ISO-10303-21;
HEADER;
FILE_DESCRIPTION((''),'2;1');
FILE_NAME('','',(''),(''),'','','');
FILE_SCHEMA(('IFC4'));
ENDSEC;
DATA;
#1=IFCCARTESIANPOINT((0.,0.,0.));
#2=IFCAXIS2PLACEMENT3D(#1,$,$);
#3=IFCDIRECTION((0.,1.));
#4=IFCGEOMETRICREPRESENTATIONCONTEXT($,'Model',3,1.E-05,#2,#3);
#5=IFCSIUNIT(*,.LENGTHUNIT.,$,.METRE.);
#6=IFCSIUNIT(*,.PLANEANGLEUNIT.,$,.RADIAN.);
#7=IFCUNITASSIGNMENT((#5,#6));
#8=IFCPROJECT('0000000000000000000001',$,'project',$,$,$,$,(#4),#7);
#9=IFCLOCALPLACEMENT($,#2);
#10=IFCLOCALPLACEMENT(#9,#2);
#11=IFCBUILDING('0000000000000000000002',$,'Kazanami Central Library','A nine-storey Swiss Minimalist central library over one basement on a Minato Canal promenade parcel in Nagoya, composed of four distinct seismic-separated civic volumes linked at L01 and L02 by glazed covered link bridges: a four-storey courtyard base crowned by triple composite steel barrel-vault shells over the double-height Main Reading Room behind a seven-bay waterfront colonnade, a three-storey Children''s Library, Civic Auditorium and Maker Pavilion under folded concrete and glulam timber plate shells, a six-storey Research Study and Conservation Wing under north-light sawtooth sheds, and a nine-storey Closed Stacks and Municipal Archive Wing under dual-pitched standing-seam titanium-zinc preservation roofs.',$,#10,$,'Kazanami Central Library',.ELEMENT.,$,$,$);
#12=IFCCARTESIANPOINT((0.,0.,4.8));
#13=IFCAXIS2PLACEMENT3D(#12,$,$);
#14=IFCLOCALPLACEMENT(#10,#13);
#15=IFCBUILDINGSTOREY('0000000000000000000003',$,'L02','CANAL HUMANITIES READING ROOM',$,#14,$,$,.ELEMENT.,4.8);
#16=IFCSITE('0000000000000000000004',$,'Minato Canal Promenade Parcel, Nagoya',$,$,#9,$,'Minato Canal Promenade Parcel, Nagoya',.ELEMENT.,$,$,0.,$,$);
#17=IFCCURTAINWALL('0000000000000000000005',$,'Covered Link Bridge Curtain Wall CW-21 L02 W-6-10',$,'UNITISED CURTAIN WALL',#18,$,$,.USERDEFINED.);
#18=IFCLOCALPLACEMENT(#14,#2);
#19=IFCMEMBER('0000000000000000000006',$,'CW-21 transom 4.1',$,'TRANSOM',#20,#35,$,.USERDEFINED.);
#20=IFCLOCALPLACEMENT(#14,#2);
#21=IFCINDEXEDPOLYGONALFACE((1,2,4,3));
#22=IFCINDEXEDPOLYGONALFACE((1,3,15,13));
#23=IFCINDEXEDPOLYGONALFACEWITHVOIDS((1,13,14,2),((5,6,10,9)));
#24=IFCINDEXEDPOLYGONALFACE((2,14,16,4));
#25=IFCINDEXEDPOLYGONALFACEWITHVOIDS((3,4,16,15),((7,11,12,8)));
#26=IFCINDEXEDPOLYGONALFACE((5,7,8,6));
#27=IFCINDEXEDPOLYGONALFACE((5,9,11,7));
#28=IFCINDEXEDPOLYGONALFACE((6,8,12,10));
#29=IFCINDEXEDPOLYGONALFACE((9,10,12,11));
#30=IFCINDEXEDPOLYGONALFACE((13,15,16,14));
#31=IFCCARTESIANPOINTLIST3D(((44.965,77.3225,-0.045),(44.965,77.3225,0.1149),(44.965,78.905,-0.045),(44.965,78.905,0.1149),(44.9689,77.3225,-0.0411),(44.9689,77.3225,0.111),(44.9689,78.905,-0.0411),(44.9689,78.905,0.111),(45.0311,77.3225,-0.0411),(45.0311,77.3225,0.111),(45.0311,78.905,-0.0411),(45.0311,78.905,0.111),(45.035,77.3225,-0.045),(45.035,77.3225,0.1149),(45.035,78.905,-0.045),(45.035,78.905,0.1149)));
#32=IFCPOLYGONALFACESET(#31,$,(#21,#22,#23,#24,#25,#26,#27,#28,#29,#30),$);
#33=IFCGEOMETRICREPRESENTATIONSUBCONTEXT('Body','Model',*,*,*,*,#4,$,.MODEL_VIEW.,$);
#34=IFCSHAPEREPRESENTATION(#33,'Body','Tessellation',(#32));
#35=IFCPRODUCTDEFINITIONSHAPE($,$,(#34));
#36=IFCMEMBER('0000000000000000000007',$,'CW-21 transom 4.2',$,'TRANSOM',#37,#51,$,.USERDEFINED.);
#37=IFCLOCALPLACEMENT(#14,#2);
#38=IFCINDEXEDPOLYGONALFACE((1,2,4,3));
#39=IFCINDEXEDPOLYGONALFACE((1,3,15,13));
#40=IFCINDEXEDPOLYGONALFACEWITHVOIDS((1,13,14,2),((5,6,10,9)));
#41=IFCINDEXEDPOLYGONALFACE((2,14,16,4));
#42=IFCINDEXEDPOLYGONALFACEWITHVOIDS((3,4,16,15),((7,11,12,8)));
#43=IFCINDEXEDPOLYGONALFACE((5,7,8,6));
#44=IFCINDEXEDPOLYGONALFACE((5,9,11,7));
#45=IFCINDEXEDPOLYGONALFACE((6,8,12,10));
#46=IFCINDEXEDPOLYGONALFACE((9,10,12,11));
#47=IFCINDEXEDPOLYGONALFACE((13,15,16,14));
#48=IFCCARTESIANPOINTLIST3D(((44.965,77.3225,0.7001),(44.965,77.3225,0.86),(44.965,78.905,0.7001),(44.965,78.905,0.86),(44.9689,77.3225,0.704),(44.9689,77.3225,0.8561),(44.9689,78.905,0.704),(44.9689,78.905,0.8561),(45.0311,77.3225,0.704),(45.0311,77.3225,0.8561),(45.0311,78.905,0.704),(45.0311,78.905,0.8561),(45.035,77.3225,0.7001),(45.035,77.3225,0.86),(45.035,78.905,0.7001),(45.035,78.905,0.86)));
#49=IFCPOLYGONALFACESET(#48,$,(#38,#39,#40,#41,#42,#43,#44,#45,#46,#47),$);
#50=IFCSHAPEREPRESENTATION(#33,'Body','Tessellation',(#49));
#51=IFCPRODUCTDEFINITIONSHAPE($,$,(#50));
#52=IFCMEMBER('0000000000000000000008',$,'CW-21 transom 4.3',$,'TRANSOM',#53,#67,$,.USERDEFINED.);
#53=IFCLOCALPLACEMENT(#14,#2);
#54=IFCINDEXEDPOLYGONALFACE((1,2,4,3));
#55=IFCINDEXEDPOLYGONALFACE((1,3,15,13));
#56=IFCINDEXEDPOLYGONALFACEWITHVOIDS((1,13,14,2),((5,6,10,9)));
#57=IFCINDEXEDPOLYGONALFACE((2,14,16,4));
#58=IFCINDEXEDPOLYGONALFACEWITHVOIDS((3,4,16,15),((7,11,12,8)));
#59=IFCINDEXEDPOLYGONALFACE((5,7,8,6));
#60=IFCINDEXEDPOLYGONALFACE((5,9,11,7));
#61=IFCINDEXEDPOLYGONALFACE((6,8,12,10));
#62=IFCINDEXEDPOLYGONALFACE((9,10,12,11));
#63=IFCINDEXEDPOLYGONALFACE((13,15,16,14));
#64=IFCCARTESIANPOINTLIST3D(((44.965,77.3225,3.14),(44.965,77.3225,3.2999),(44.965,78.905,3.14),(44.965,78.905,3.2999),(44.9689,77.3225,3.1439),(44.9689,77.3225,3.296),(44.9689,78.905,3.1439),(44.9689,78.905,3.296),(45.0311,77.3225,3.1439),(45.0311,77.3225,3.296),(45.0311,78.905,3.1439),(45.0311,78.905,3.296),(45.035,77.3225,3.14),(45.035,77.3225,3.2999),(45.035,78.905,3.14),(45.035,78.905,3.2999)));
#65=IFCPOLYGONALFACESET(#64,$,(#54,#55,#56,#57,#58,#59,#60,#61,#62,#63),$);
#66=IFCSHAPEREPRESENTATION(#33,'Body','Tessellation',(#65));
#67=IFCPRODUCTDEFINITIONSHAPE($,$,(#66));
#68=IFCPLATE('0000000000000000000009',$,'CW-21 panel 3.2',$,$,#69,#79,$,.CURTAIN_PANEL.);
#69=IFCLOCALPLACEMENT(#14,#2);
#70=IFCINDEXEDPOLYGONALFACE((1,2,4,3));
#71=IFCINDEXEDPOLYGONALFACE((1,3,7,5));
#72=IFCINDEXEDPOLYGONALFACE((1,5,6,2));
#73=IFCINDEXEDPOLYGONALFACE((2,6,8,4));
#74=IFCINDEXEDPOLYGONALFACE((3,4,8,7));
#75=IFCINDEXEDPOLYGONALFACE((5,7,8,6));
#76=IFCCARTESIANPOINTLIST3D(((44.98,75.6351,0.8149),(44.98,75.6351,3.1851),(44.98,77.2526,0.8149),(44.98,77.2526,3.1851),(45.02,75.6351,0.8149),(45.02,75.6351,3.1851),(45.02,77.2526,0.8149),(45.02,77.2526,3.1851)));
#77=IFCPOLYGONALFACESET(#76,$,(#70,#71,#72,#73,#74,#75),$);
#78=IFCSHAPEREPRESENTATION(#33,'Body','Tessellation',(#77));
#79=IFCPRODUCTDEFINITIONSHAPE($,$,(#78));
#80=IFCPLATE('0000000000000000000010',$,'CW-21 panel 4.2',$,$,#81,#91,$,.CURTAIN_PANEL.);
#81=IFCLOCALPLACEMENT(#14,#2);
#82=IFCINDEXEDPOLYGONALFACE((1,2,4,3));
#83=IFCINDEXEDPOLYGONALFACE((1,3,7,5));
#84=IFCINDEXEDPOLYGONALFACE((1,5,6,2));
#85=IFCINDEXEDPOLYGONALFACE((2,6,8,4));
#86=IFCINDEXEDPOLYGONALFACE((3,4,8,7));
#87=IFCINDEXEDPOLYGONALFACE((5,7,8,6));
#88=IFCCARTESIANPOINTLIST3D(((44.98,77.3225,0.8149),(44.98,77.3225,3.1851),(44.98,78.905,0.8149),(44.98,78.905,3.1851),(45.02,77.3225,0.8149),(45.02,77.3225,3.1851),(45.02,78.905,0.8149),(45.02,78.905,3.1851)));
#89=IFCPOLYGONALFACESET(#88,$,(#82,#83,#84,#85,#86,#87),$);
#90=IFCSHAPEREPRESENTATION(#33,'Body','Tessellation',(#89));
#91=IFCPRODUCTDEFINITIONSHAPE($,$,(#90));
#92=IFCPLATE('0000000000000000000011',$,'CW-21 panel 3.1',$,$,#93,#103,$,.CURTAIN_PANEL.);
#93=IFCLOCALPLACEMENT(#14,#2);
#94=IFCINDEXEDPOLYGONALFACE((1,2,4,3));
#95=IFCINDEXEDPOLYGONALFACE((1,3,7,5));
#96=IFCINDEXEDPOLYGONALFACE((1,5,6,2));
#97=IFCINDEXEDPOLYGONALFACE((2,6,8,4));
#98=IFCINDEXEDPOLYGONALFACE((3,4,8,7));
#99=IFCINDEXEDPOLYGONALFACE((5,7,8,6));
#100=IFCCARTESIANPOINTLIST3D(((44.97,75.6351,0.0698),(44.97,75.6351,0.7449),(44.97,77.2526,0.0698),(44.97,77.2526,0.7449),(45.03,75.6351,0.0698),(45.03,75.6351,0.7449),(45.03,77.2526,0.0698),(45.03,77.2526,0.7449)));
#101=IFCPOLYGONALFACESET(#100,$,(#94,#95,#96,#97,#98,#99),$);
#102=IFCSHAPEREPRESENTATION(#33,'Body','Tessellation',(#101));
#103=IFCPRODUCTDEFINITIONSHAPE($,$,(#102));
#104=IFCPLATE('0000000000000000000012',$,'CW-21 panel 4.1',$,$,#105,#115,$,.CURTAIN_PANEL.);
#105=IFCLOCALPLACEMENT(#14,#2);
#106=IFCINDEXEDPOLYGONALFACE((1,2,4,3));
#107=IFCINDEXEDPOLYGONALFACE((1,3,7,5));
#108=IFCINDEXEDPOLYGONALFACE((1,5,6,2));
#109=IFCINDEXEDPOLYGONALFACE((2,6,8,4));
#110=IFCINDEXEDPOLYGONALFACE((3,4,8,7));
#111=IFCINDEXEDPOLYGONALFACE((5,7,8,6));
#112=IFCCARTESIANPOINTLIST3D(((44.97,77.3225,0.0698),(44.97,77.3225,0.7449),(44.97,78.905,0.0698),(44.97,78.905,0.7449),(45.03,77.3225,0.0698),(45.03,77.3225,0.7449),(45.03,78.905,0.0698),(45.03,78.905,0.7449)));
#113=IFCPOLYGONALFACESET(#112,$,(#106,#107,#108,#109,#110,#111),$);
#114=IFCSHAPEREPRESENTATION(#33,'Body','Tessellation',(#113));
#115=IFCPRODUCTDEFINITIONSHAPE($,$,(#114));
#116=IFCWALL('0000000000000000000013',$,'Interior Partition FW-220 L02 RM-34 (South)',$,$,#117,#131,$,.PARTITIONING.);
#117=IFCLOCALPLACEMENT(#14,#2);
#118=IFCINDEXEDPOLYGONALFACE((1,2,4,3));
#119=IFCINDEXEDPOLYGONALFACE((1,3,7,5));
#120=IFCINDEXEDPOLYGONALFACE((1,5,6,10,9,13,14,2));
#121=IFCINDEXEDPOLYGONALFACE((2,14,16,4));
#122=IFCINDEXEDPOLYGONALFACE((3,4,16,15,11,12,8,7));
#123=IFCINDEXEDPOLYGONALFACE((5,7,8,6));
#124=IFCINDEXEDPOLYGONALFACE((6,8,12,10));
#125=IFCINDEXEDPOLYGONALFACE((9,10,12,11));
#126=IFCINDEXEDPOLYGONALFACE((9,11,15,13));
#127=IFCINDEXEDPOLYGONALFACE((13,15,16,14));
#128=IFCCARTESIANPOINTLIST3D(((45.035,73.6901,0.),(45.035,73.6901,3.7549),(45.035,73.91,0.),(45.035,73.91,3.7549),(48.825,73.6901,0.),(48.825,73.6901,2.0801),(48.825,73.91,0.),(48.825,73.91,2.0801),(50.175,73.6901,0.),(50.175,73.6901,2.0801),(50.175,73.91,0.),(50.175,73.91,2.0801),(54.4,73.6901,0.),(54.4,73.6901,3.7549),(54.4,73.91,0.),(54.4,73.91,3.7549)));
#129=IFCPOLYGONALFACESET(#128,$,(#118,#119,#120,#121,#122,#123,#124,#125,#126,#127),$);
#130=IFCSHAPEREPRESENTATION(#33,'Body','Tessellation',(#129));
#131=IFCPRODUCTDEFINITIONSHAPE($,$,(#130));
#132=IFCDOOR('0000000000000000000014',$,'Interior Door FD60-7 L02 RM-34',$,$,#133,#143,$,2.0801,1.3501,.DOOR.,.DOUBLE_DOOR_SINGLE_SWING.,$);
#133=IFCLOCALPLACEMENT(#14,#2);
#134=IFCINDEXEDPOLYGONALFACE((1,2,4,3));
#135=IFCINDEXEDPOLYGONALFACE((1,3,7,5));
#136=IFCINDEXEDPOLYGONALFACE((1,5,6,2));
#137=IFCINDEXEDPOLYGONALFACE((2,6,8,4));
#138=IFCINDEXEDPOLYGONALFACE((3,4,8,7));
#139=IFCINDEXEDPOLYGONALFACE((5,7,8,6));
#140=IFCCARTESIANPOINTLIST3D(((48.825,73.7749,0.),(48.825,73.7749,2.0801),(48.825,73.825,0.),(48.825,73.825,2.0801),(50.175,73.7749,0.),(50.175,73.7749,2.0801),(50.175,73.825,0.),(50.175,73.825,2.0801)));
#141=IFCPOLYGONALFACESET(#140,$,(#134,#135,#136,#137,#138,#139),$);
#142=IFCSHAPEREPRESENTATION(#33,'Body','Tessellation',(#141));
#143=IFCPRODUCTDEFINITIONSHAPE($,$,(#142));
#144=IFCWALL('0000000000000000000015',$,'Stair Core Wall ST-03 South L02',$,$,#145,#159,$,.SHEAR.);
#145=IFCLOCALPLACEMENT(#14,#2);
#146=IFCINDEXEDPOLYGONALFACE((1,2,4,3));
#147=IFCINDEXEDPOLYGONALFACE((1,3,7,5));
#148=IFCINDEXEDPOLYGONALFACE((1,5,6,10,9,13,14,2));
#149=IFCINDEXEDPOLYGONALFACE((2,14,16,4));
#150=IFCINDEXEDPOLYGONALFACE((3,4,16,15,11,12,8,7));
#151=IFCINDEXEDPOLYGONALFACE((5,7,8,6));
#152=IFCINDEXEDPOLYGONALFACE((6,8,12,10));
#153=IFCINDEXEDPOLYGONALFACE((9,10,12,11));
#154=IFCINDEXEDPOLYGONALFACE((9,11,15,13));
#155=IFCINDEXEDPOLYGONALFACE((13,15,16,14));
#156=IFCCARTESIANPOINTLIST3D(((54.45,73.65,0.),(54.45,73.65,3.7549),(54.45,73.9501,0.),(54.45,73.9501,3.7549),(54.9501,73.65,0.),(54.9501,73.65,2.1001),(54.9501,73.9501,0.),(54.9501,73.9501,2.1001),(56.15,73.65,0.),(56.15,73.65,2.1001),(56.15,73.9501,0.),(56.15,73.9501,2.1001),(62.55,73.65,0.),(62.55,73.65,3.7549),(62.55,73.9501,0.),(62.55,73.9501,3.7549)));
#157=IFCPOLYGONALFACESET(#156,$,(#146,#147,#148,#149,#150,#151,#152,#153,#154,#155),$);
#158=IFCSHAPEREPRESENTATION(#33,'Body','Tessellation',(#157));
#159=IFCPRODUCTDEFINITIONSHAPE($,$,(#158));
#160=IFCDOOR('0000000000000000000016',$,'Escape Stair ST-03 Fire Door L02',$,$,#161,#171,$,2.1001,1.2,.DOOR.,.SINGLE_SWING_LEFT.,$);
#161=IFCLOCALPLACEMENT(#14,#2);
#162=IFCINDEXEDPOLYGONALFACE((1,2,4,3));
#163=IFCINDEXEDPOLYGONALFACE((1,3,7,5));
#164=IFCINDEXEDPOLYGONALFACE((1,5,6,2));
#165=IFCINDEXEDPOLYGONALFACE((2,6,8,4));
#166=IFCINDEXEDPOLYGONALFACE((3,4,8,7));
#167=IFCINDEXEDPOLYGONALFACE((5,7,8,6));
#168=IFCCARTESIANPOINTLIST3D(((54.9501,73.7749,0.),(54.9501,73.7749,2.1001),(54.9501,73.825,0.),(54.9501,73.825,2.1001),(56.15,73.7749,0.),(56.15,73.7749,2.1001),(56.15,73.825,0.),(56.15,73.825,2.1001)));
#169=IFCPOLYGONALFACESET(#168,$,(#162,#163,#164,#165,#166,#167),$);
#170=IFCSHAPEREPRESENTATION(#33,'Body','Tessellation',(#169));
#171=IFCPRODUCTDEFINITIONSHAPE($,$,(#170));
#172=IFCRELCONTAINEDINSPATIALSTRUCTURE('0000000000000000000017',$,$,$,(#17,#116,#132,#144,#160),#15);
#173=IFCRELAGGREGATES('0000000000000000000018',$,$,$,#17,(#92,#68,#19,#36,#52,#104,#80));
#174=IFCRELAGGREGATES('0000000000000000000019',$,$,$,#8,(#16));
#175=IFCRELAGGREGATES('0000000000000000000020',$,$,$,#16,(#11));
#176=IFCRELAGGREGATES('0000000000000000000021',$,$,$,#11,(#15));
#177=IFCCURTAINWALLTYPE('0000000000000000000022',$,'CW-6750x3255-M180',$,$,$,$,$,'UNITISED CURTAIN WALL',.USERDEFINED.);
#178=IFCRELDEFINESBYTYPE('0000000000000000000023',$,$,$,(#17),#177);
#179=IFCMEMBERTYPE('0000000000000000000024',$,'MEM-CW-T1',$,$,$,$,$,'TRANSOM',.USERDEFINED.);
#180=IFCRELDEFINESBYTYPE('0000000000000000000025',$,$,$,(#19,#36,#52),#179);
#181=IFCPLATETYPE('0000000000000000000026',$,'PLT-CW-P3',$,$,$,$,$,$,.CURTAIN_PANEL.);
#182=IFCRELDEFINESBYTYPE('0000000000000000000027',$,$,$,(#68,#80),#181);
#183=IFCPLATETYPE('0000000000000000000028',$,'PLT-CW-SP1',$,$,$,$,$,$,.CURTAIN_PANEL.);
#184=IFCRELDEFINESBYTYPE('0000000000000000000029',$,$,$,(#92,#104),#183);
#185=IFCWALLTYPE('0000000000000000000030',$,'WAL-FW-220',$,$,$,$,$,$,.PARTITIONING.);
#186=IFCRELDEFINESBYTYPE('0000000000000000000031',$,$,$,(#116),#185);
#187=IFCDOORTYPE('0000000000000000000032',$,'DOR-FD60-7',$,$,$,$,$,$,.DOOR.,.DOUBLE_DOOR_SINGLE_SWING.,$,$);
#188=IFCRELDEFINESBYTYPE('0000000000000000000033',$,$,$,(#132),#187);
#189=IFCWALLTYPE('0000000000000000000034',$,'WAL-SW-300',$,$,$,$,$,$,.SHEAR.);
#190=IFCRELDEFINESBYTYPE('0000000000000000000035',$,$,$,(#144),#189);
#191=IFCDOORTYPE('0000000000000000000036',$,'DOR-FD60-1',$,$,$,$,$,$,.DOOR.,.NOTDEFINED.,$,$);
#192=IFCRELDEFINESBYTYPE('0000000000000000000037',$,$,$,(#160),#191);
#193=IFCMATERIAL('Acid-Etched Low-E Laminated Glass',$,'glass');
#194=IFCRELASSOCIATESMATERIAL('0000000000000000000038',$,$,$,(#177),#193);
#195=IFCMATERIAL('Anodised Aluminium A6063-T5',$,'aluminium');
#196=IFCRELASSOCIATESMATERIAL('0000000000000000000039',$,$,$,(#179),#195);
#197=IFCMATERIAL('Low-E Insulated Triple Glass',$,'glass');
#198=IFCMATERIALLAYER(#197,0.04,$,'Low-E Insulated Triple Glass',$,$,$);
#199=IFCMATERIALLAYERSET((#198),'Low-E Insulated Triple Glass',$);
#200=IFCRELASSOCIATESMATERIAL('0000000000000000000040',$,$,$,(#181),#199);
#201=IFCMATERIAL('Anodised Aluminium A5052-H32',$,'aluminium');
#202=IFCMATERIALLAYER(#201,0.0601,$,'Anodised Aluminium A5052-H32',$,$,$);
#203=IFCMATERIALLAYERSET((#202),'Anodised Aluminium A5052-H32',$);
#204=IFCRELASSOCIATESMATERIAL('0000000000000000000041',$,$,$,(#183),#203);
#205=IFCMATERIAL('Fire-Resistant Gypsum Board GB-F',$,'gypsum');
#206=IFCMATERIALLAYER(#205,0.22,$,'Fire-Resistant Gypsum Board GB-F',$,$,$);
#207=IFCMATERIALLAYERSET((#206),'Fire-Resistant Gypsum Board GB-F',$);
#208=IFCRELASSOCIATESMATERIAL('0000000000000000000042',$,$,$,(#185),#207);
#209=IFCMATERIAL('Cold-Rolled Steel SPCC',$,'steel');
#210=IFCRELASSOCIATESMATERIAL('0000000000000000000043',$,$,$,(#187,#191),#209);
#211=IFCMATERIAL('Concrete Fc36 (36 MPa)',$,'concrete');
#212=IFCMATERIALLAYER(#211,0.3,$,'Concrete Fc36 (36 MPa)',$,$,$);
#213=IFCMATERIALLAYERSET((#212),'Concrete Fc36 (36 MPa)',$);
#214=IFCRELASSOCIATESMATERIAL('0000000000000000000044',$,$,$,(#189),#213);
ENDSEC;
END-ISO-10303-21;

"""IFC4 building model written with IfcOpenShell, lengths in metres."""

from ifc_helpers import new_model, si_unit, direction, frame, frame_2d, origin, origin_2d, place, context, subcontext, project, spatial, rectangle, hollow_rectangle, extrude, material, layer, layer_set, material_profile, profile_set, type_object, element, fill, aggregate, save


model = new_model("IFC4")

# Units and contexts
model_context = context("Model", 3, precision=1e-05, world=origin(), true_north=direction((0.0, 1.0)))
body_context = subcontext(model_context, "Body", "Model", "MODEL_VIEW")
ifc_project = project(units=[si_unit("LENGTHUNIT", "METRE"), si_unit("PLANEANGLEUNIT", "RADIAN")], contexts=[model_context])

# Site, building, storey
site_placement = place(None, origin())
site = spatial("IfcSite", under=ifc_project, at=site_placement, Name="Minato Canal Promenade Parcel, Nagoya", LongName="Minato Canal Promenade Parcel, Nagoya", CompositionType="ELEMENT", RefElevation=0.0)
building_placement = place(site_placement, origin())
building = spatial("IfcBuilding", under=site, at=building_placement, Name="Kazanami Central Library", Description="A nine-storey Swiss Minimalist central library over one basement on a Minato Canal promenade parcel in Nagoya, composed of four distinct seismic-separated civic volumes linked at L01 and L02 by glazed covered link bridges: a four-storey courtyard base crowned by triple composite steel barrel-vault shells over the double-height Main Reading Room behind a seven-bay waterfront colonnade, a three-storey Children's Library, Civic Auditorium and Maker Pavilion under folded concrete and glulam timber plate shells, a six-storey Research Study and Conservation Wing under north-light sawtooth sheds, and a nine-storey Closed Stacks and Municipal Archive Wing under dual-pitched standing-seam titanium-zinc preservation roofs.", LongName="Kazanami Central Library", CompositionType="ELEMENT")
storey_placement = place(building_placement, frame((0.0, 0.0, 4.8)))
storey = spatial("IfcBuildingStorey", under=building, at=storey_placement, Name="L02", Description="CANAL HUMANITIES READING ROOM", CompositionType="ELEMENT", Elevation=4.8)

# Curtain wall
ifc_material_1 = material(Name="Acid-Etched Low-E Laminated Glass", Category="glass")
curtain_wall_type = type_object("IfcCurtainWallType", Name="CW-6750x3255-M180", ElementType="UNITISED CURTAIN WALL", PredefinedType="USERDEFINED", material=ifc_material_1)
curtain_wall_1_placement = place(storey_placement, origin())
curtain_wall_1 = element("IfcCurtainWall", 1, at=curtain_wall_1_placement, inside=storey, type_object=curtain_wall_type, Name="Covered Link Bridge Curtain Wall CW-21 L02 W-6-10", ObjectType="UNITISED CURTAIN WALL", PredefinedType="USERDEFINED")
ifc_material_2 = material(Name="Anodised Aluminium A6063-T5", Category="aluminium")

# Members
ifc_material_profile_1 = material_profile(ifc_material_2, hollow_rectangle(XDim=0.0701, YDim=0.1599, WallThickness=0.0039, at=origin_2d()), Name="ALU-TRAN-70x160x4")
ifc_profile_set_1 = profile_set([ifc_material_profile_1], Name="Anodised Aluminium A6063-T5")
member_type_1 = type_object("IfcMemberType", Name="MEM-CW-T1", ElementType="TRANSOM", PredefinedType="USERDEFINED", material=ifc_profile_set_1)
member_1_placement = place(storey_placement, frame((45.0, 77.3225, 0.0349), z_axis=(0.0, 1.0, 0.0), x_axis=(-1.0, 0.0, 0.0)))
member_1 = element("IfcMember", 2, at=member_1_placement, type_object=member_type_1, Name="CW-21 transom 4.1", ObjectType="TRANSOM", PredefinedType="USERDEFINED", context=body_context, shape_type="SweptSolid", body=[
    extrude(hollow_rectangle(XDim=0.0701, YDim=0.1599, WallThickness=0.0039, at=origin_2d()), origin(), (0.0, 0.0, 1.0), 1.5825),
])
member_2_placement = place(storey_placement, frame((45.0, 77.3225, 0.78), z_axis=(0.0, 1.0, 0.0), x_axis=(-1.0, 0.0, 0.0)))
member_2 = element("IfcMember", 3, at=member_2_placement, type_object=member_type_1, Name="CW-21 transom 4.2", ObjectType="TRANSOM", PredefinedType="USERDEFINED", context=body_context, shape_type="SweptSolid", body=[
    extrude(hollow_rectangle(XDim=0.0701, YDim=0.1599, WallThickness=0.0039, at=origin_2d()), origin(), (0.0, 0.0, 1.0), 1.5825),
])
member_3_placement = place(storey_placement, frame((45.0, 77.3225, 3.22), z_axis=(0.0, 1.0, 0.0), x_axis=(-1.0, 0.0, 0.0)))
member_3 = element("IfcMember", 4, at=member_3_placement, type_object=member_type_1, Name="CW-21 transom 4.3", ObjectType="TRANSOM", PredefinedType="USERDEFINED", context=body_context, shape_type="SweptSolid", body=[
    extrude(hollow_rectangle(XDim=0.0701, YDim=0.1599, WallThickness=0.0039, at=origin_2d()), origin(), (0.0, 0.0, 1.0), 1.5825),
])

# Plates
ifc_material_3 = material(Name="Low-E Insulated Triple Glass", Category="glass")
ifc_layer_1 = layer(ifc_material_3, 0.04, Name="Low-E Insulated Triple Glass")
ifc_layer_set_1 = layer_set([ifc_layer_1], Name="Low-E Insulated Triple Glass")
plate_type_1 = type_object("IfcPlateType", Name="PLT-CW-P3", PredefinedType="CURTAIN_PANEL", material=ifc_layer_set_1)
plate_1_placement = place(storey_placement, frame((45.0, 76.4438, 0.8149), z_axis=(0.0, 0.0, 1.0), x_axis=(0.0, 1.0, 0.0)))
plate_1 = element("IfcPlate", 5, at=plate_1_placement, type_object=plate_type_1, Name="CW-21 panel 3.2", PredefinedType="CURTAIN_PANEL", context=body_context, shape_type="SweptSolid", body=[
    extrude(rectangle(XDim=1.6174, YDim=0.04, at=origin_2d()), origin(), (0.0, 0.0, 1.0), 2.3701),
])
plate_2_placement = place(storey_placement, frame((45.0, 78.1138, 0.8149), z_axis=(0.0, 0.0, 1.0), x_axis=(0.0, 1.0, 0.0)))
plate_2 = element("IfcPlate", 6, at=plate_2_placement, type_object=plate_type_1, Name="CW-21 panel 4.2", PredefinedType="CURTAIN_PANEL", context=body_context, shape_type="SweptSolid", body=[
    extrude(rectangle(XDim=1.5825, YDim=0.04, at=origin_2d()), origin(), (0.0, 0.0, 1.0), 2.3701),
])
ifc_material_4 = material(Name="Anodised Aluminium A5052-H32", Category="aluminium")
ifc_layer_2 = layer(ifc_material_4, 0.0601, Name="Anodised Aluminium A5052-H32")
ifc_layer_set_2 = layer_set([ifc_layer_2], Name="Anodised Aluminium A5052-H32")
plate_type_2 = type_object("IfcPlateType", Name="PLT-CW-SP1", PredefinedType="CURTAIN_PANEL", material=ifc_layer_set_2)
plate_3_placement = place(storey_placement, frame((45.0, 76.4438, 0.0698), z_axis=(0.0, 0.0, 1.0), x_axis=(0.0, 1.0, 0.0)))
plate_3 = element("IfcPlate", 7, at=plate_3_placement, type_object=plate_type_2, Name="CW-21 panel 3.1", PredefinedType="CURTAIN_PANEL", context=body_context, shape_type="SweptSolid", body=[
    extrude(rectangle(XDim=1.6174, YDim=0.0601, at=origin_2d()), origin(), (0.0, 0.0, 1.0), 0.675),
])
plate_4_placement = place(storey_placement, frame((45.0, 78.1138, 0.0698), z_axis=(0.0, 0.0, 1.0), x_axis=(0.0, 1.0, 0.0)))
plate_4 = element("IfcPlate", 8, at=plate_4_placement, type_object=plate_type_2, Name="CW-21 panel 4.1", PredefinedType="CURTAIN_PANEL", context=body_context, shape_type="SweptSolid", body=[
    extrude(rectangle(XDim=1.5825, YDim=0.0601, at=origin_2d()), origin(), (0.0, 0.0, 1.0), 0.675),
])
aggregate(curtain_wall_1, [plate_3, plate_1, member_1, member_2, member_3, plate_4, plate_2])

# Walls, openings, doors
ifc_material_5 = material(Name="Fire-Resistant Gypsum Board GB-F", Category="gypsum")
ifc_layer_3 = layer(ifc_material_5, 0.22, Name="Fire-Resistant Gypsum Board GB-F")
ifc_layer_set_3 = layer_set([ifc_layer_3], Name="Fire-Resistant Gypsum Board GB-F")
wall_type_1 = type_object("IfcWallType", Name="WAL-FW-220", PredefinedType="PARTITIONING", material=ifc_layer_set_3)
wall_1_placement = place(storey_placement, frame((45.0349, 73.8, 0.0), z_axis=(0.0, 0.0, 1.0), x_axis=(1.0, 0.0, 0.0)))
wall_1 = element("IfcWall", 9, at=wall_1_placement, inside=storey, type_object=wall_type_1, Name="Interior Partition FW-220 L02 RM-34 (South)", PredefinedType="PARTITIONING", context=body_context, shape_type="SweptSolid", body=[
    extrude(rectangle(XDim=9.365, YDim=0.22, at=frame_2d((4.6826, 0.0))), origin(), (0.0, 0.0, 1.0), 3.7549),
])
opening_1_placement = place(wall_1_placement, frame((3.79, 0.0, 0.0)))
opening_1 = element("IfcOpeningElement", 10, at=opening_1_placement, cuts=wall_1, PredefinedType="OPENING", context=body_context, shape_type="SweptSolid", body=[
    extrude(rectangle(XDim=1.3501, YDim=2.0801, at=frame_2d((0.675, 1.04))), frame((0.0, 0.1221, 0.0), z_axis=(0.0, -1.0, 0.0), x_axis=(1.0, 0.0, 0.0)), (0.0, 0.0, 1.0), 0.2439),
])
ifc_material_6 = material(Name="Cold-Rolled Steel SPCC", Category="steel")
door_type_1 = type_object("IfcDoorType", Name="DOR-FD60-7", OperationType="DOUBLE_DOOR_SINGLE_SWING", PredefinedType="DOOR", material=ifc_material_6)
door_1_placement = place(opening_1_placement, origin())
door_1 = element("IfcDoor", 11, at=door_1_placement, inside=storey, type_object=door_type_1, Name="Interior Door FD60-7 L02 RM-34", OperationType="DOUBLE_DOOR_SINGLE_SWING", OverallHeight=2.0801, OverallWidth=1.3501, PredefinedType="DOOR", context=body_context, shape_type="SweptSolid", body=[
    extrude(rectangle(XDim=1.3501, YDim=2.0801, at=frame_2d((0.675, 1.04))), frame((0.0, 0.0249, 0.0), z_axis=(0.0, -1.0, 0.0), x_axis=(1.0, 0.0, 0.0)), (0.0, 0.0, 1.0), 0.05),
])
fill(opening_1, door_1)
ifc_material_7 = material(Name="Concrete Fc36 (36 MPa)", Category="concrete")
ifc_layer_4 = layer(ifc_material_7, 0.3, Name="Concrete Fc36 (36 MPa)")
ifc_layer_set_4 = layer_set([ifc_layer_4], Name="Concrete Fc36 (36 MPa)")
wall_type_2 = type_object("IfcWallType", Name="WAL-SW-300", PredefinedType="SHEAR", material=ifc_layer_set_4)
wall_2_placement = place(storey_placement, frame((54.45, 73.8, 0.0), z_axis=(0.0, 0.0, 1.0), x_axis=(1.0, 0.0, 0.0)))
wall_2 = element("IfcWall", 12, at=wall_2_placement, inside=storey, type_object=wall_type_2, Name="Stair Core Wall ST-03 South L02", PredefinedType="SHEAR", context=body_context, shape_type="SweptSolid", body=[
    extrude(rectangle(XDim=8.1001, YDim=0.3, at=frame_2d((4.05, 0.0))), origin(), (0.0, 0.0, 1.0), 3.7549),
])
opening_2_placement = place(wall_2_placement, frame((0.5, 0.0, 0.0)))
opening_2 = element("IfcOpeningElement", 13, at=opening_2_placement, cuts=wall_2, PredefinedType="OPENING", context=body_context, shape_type="SweptSolid", body=[
    extrude(rectangle(XDim=1.2, YDim=2.1001, at=frame_2d((0.6001, 1.05))), frame((0.0, 0.1621, 0.0), z_axis=(0.0, -1.0, 0.0), x_axis=(1.0, 0.0, 0.0)), (0.0, 0.0, 1.0), 0.324),
])
door_type_2 = type_object("IfcDoorType", Name="DOR-FD60-1", OperationType="NOTDEFINED", PredefinedType="DOOR", material=ifc_material_6)
door_2_placement = place(opening_2_placement, origin())
door_2 = element("IfcDoor", 14, at=door_2_placement, inside=storey, type_object=door_type_2, Name="Escape Stair ST-03 Fire Door L02", OperationType="SINGLE_SWING_LEFT", OverallHeight=2.1001, OverallWidth=1.2, PredefinedType="DOOR", context=body_context, shape_type="SweptSolid", body=[
    extrude(rectangle(XDim=1.2, YDim=2.1001, at=frame_2d((0.6001, 1.05))), frame((0.0, 0.0249, 0.0), z_axis=(0.0, -1.0, 0.0), x_axis=(1.0, 0.0, 0.0)), (0.0, 0.0, 1.0), 0.05),
])
fill(opening_2, door_2)

save(model, "model.ifc")
